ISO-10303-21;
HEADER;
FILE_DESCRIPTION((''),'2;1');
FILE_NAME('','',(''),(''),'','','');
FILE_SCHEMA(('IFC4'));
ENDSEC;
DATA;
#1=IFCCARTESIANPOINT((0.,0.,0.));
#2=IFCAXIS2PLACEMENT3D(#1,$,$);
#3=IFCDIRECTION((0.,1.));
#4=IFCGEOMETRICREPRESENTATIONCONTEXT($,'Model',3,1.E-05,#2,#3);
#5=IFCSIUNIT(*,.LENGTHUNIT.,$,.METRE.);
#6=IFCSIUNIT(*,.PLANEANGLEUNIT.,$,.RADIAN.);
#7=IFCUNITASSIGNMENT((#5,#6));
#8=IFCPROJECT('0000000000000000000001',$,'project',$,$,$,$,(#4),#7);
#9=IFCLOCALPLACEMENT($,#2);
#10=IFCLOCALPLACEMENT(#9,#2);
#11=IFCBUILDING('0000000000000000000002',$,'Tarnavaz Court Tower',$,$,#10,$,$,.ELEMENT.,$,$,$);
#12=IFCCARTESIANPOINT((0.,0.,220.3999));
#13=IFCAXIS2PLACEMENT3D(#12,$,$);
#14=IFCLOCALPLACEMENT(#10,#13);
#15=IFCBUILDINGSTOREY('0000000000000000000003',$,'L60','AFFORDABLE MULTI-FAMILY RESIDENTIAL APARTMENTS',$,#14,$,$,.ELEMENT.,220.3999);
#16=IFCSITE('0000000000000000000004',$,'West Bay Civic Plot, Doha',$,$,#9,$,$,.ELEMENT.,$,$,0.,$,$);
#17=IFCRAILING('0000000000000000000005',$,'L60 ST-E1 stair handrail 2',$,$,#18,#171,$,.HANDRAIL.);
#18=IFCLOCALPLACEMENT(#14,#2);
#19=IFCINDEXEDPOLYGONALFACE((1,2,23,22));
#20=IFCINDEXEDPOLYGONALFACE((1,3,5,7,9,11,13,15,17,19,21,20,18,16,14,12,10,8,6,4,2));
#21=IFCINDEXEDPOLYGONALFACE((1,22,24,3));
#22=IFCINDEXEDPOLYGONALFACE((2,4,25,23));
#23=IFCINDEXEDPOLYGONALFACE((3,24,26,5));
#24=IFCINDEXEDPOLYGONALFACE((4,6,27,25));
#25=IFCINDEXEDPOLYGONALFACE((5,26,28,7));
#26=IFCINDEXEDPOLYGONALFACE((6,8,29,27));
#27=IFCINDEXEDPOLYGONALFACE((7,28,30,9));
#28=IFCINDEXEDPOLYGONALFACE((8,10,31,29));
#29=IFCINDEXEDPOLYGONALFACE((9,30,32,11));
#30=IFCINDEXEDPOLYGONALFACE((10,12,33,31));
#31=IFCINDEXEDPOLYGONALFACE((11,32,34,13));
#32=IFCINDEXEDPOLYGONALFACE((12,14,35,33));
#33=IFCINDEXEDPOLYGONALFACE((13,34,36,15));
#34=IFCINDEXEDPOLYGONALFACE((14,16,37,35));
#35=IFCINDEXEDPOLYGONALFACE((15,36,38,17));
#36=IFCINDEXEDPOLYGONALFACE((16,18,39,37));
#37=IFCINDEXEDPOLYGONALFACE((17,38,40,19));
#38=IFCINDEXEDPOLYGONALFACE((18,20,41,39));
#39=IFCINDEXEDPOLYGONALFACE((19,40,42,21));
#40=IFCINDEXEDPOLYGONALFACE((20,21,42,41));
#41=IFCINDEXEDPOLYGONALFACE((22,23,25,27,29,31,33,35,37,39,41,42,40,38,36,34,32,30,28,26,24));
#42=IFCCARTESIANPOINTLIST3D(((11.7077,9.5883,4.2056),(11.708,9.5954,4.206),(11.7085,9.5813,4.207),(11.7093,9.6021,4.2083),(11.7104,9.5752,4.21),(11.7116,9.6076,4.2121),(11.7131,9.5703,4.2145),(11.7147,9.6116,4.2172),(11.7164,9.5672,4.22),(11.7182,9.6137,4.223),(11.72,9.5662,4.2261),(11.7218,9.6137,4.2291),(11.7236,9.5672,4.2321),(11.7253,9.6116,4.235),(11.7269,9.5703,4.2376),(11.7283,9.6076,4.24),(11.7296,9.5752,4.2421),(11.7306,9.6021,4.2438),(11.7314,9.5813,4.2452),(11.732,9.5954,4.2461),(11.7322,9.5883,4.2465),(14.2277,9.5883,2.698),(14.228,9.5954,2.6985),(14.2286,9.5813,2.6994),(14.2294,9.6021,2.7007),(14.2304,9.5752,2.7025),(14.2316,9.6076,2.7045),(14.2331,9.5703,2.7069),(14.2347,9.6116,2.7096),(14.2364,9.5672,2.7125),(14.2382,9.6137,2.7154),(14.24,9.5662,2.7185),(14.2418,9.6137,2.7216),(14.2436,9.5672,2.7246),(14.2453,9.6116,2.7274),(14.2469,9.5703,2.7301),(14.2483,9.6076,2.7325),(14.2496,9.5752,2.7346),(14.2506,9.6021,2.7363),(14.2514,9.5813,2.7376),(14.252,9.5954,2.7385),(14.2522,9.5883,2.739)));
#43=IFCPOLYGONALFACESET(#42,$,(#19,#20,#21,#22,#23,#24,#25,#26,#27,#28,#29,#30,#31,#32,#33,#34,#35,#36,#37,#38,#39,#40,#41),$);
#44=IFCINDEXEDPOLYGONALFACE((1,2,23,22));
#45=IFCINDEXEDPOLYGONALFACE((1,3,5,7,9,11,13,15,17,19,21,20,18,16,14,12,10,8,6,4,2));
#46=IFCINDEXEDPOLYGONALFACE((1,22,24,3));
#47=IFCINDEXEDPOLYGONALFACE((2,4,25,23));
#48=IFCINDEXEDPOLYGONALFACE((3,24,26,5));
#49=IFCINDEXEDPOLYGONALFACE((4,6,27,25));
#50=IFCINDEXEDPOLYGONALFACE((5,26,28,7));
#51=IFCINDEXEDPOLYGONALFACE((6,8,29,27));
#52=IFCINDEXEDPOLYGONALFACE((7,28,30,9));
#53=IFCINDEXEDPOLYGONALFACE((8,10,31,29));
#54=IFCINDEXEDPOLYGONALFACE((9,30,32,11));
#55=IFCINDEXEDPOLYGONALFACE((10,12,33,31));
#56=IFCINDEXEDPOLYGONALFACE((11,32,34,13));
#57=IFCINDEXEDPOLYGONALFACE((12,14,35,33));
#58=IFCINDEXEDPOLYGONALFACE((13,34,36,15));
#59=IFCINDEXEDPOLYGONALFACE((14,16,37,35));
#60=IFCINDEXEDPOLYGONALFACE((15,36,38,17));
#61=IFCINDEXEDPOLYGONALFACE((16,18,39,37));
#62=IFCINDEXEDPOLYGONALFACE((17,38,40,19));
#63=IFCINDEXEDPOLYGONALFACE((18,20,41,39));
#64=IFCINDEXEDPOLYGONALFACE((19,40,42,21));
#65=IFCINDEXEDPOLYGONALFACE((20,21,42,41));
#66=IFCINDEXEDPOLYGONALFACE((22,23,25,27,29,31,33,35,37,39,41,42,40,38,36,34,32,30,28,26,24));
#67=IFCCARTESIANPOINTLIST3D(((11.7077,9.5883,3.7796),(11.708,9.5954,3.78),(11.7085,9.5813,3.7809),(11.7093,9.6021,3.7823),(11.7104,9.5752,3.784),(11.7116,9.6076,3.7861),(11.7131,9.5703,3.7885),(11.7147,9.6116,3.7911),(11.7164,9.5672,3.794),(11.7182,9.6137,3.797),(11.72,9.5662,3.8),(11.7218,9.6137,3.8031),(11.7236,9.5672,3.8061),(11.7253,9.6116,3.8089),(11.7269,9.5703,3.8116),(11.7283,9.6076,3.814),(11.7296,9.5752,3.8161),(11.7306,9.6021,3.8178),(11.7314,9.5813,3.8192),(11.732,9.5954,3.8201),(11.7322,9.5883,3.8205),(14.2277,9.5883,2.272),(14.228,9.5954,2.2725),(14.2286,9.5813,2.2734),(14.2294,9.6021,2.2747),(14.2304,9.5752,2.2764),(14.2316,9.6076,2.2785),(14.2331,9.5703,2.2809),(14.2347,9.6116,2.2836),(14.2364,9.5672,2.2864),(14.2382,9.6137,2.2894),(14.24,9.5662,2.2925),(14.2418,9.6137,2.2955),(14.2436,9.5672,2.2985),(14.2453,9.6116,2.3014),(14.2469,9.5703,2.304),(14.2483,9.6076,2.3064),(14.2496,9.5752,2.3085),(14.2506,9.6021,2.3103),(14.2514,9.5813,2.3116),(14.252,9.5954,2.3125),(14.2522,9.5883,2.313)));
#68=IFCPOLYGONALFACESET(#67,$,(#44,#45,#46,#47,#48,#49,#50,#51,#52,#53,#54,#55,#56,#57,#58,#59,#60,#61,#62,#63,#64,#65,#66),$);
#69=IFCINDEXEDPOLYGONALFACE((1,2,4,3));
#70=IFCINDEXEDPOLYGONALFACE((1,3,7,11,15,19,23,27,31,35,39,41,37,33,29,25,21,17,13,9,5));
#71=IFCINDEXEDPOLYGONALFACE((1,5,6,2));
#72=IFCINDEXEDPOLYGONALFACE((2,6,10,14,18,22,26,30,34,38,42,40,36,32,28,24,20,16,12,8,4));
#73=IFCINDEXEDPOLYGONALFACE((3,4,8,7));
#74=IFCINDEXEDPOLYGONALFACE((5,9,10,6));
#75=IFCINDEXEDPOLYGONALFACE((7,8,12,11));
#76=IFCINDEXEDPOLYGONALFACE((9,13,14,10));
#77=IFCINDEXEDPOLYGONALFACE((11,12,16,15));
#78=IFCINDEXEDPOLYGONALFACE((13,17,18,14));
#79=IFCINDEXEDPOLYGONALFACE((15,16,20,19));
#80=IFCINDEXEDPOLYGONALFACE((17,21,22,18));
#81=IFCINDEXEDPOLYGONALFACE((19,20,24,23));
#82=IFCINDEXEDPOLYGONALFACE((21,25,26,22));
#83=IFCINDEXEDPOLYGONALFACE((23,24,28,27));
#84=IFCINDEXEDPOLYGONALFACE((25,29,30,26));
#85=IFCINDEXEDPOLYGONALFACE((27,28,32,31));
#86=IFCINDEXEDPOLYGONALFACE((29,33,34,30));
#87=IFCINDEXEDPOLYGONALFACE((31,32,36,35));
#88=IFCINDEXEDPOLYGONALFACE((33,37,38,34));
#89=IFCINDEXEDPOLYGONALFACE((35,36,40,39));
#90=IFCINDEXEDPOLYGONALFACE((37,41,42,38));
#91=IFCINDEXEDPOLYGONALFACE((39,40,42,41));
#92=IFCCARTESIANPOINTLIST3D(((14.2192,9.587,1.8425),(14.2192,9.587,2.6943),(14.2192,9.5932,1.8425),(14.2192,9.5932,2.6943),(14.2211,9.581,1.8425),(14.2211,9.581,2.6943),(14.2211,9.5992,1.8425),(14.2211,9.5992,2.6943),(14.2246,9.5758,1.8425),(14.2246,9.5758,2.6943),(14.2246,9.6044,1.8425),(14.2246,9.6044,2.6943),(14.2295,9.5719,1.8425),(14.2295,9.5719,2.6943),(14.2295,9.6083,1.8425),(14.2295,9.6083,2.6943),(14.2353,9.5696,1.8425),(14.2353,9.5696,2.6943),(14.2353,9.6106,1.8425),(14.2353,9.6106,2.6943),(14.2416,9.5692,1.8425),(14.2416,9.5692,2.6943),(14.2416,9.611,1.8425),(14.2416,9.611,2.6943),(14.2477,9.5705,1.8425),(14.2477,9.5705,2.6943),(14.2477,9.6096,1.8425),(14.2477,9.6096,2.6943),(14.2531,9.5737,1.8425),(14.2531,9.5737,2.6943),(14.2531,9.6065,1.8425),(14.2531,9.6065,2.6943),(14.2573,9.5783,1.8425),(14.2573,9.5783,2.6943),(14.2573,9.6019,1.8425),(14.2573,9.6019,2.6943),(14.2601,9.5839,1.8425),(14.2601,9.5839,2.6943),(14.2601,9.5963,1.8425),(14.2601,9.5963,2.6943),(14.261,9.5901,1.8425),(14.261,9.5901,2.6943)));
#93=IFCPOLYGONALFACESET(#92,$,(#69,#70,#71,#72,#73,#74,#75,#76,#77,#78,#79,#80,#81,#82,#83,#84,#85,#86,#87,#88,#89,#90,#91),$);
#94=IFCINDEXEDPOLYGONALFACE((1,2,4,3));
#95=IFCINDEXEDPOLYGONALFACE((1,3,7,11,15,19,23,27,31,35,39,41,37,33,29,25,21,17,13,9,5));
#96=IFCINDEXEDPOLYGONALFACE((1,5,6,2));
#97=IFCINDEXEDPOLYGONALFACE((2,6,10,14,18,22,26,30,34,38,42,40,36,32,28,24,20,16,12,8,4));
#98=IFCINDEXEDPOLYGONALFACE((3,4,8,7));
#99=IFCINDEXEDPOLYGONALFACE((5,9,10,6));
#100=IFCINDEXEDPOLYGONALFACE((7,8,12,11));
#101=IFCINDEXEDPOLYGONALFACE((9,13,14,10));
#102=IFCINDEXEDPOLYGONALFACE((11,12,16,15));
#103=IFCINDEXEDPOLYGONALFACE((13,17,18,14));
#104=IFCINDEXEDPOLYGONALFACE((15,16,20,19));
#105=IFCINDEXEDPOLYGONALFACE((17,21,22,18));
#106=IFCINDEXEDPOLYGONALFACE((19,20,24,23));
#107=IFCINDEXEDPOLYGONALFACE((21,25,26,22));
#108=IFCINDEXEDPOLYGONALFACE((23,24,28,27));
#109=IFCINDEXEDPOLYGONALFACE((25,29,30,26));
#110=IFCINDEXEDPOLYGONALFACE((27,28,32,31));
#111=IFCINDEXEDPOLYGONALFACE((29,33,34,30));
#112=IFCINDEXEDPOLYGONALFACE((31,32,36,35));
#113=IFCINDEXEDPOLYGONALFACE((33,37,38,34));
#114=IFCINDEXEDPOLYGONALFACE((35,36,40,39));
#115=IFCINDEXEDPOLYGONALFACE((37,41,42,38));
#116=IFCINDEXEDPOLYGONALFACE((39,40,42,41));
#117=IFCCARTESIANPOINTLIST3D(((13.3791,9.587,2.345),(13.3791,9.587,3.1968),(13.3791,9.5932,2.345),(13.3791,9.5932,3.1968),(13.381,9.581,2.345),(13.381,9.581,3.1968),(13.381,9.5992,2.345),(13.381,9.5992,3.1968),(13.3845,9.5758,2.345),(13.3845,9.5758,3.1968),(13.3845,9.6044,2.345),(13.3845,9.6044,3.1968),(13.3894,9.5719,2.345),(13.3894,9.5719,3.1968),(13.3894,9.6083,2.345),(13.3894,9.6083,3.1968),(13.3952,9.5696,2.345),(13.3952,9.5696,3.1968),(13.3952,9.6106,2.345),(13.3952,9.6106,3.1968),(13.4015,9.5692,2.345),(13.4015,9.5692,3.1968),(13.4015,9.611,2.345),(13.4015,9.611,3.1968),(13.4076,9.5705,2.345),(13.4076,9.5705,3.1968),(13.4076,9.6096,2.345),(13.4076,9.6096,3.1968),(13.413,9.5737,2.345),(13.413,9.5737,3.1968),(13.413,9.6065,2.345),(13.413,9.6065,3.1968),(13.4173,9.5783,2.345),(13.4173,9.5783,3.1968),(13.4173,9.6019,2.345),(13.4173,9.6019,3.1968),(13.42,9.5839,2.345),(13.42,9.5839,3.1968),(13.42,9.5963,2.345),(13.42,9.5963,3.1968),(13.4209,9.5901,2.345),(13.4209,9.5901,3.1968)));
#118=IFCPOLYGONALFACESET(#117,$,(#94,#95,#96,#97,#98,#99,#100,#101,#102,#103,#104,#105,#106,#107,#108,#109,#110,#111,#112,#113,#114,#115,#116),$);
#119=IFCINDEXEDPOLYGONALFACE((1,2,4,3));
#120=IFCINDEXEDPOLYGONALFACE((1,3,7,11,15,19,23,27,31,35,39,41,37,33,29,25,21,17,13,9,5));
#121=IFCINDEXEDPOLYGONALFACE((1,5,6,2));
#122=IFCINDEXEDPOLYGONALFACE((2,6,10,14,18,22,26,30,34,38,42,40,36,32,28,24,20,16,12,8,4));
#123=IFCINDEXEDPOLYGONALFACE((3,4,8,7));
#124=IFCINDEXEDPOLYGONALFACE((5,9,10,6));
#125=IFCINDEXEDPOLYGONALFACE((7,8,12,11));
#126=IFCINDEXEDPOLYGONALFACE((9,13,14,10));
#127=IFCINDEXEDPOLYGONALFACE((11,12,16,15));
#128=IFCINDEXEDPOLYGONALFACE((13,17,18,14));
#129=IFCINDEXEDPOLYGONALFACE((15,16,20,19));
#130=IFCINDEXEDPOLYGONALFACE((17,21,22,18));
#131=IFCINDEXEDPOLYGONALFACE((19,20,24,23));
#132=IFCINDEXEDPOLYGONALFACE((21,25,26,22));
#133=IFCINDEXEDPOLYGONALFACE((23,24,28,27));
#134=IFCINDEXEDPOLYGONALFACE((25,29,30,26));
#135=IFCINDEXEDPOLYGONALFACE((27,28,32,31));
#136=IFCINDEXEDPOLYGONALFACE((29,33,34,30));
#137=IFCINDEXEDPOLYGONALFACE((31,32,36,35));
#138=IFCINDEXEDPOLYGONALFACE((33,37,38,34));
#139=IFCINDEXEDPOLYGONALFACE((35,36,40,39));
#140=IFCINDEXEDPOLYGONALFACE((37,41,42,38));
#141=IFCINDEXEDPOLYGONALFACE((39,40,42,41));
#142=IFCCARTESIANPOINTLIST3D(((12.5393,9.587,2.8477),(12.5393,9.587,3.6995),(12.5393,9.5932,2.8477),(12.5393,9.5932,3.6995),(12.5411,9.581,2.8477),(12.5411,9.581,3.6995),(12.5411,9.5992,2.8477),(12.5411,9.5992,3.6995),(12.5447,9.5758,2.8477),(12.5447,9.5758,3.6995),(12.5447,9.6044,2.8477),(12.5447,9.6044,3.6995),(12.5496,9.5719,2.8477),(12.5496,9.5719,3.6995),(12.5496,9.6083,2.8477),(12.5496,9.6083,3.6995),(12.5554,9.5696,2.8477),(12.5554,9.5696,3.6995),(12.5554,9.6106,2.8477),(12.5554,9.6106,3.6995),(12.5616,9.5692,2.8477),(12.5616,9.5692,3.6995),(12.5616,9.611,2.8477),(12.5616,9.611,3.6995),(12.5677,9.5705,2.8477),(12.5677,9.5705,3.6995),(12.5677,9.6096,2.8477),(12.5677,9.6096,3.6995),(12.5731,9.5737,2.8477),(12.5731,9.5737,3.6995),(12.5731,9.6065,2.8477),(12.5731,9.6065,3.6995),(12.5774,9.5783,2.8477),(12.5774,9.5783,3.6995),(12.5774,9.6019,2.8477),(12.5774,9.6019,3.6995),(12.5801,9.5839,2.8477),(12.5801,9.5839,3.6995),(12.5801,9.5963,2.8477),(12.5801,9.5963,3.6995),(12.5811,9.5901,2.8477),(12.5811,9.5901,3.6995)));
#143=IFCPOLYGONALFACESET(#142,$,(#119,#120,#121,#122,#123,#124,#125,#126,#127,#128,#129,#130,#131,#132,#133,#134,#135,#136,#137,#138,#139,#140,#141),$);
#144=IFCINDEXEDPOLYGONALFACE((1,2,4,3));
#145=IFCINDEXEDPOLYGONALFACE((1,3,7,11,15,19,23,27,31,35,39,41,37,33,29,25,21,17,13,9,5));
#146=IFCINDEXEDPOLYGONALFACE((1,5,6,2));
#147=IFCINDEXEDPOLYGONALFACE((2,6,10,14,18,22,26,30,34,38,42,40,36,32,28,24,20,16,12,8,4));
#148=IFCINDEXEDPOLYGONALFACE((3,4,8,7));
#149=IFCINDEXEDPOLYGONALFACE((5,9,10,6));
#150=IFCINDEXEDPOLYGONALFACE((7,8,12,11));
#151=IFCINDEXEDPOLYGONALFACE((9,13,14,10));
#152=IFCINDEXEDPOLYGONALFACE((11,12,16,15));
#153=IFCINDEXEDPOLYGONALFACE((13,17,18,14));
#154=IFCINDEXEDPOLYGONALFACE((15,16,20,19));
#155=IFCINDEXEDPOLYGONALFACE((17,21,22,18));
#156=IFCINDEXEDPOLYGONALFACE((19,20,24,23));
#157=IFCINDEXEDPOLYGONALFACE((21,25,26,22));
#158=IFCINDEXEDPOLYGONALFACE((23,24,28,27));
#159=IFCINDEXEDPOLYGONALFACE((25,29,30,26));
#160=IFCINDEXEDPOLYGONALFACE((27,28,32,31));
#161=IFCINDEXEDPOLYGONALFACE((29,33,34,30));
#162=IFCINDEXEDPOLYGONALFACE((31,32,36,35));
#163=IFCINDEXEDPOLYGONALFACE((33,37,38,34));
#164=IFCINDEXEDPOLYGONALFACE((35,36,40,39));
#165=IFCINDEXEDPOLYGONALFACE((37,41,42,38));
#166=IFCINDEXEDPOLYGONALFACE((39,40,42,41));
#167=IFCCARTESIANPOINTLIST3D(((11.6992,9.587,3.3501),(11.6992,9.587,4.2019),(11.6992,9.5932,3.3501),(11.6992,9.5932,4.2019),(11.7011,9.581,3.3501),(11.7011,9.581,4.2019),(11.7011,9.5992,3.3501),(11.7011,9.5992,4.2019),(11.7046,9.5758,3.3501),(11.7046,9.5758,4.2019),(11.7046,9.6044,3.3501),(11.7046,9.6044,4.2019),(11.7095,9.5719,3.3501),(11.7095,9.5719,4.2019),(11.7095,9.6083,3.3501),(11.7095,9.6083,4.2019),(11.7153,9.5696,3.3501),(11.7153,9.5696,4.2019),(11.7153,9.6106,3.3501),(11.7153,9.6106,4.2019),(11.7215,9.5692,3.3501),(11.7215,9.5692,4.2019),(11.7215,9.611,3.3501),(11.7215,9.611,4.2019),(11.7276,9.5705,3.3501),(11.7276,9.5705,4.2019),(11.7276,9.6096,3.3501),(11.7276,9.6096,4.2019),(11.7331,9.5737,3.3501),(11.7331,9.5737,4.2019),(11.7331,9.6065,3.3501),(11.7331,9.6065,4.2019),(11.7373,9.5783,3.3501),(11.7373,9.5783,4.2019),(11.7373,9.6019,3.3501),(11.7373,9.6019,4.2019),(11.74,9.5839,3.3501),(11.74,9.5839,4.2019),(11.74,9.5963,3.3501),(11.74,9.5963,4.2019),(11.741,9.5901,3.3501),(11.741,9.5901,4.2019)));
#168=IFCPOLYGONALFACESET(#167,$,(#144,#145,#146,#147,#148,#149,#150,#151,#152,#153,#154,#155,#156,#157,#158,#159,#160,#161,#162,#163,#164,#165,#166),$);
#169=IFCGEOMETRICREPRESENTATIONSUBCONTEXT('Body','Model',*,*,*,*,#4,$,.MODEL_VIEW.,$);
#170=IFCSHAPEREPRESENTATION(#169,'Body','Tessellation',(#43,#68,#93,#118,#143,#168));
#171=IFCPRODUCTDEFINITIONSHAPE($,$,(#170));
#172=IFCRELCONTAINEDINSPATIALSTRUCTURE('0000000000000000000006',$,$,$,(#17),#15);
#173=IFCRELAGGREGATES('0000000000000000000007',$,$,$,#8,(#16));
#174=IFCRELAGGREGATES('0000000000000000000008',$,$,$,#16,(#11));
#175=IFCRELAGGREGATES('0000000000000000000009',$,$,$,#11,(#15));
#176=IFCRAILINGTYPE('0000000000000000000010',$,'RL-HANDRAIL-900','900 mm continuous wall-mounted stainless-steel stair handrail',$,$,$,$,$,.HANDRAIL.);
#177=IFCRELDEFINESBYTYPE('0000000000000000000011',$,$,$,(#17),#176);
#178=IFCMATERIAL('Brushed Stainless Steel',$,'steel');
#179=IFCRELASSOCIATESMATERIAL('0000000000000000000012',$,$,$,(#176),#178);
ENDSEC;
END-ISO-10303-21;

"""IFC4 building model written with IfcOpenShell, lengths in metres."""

from ifc_helpers import new_model, si_unit, direction, frame, origin, origin_2d, place, context, subcontext, project, spatial, circle, extrude, material, type_object, element, save


model = new_model("IFC4")

# Units and contexts
model_context = context("Model", 3, precision=1e-05, world=origin(), true_north=direction((0.0, 1.0)))
body_context = subcontext(model_context, "Body", "Model", "MODEL_VIEW")
ifc_project = project(units=[si_unit("LENGTHUNIT", "METRE"), si_unit("PLANEANGLEUNIT", "RADIAN")], contexts=[model_context])

# Site, building, storey
site_placement = place(None, origin())
site = spatial("IfcSite", under=ifc_project, at=site_placement, Name="West Bay Civic Plot, Doha", CompositionType="ELEMENT", RefElevation=0.0)
building_placement = place(site_placement, origin())
building = spatial("IfcBuilding", under=site, at=building_placement, Name="Tarnavaz Court Tower", CompositionType="ELEMENT")
storey_placement = place(building_placement, frame((0.0, 0.0, 220.3999)))
storey = spatial("IfcBuildingStorey", under=building, at=storey_placement, Name="L60", Description="AFFORDABLE MULTI-FAMILY RESIDENTIAL APARTMENTS", CompositionType="ELEMENT", Elevation=220.3999)

# Railing
ifc_material_1 = material(Name="Brushed Stainless Steel", Category="steel")
railing_type_1 = type_object("IfcRailingType", Name="RL-HANDRAIL-900", Description="900 mm continuous wall-mounted stainless-steel stair handrail", PredefinedType="HANDRAIL", material=ifc_material_1)
railing_1_placement = place(storey_placement, frame((14.24, 9.5901, 1.8425)))
element("IfcRailing", 1, at=railing_1_placement, inside=storey, type_object=railing_type_1, Name="L60 ST-E1 stair handrail 2", PredefinedType="HANDRAIL", context=body_context, shape_type="SweptSolid", body=[
    extrude(circle(Radius=0.0239, at=origin_2d()), frame((0.0, 0.0, 0.876), z_axis=(-0.85816, 0.0, 0.513383), x_axis=(0.0, -1.0, 0.0)), (0.0, 0.0, 1.0), 2.9365),
    extrude(circle(Radius=0.0239, at=origin_2d()), frame((0.0, 0.0, 0.45), z_axis=(-0.85816, 0.0, 0.513383), x_axis=(0.0, -1.0, 0.0)), (0.0, 0.0, 1.0), 2.9365),
    extrude(circle(Radius=0.021, at=origin_2d()), origin(), (0.0, 0.0, 1.0), 0.8518),
    extrude(circle(Radius=0.021, at=origin_2d()), frame((-0.8401, 0.0, 0.5024)), (0.0, 0.0, 1.0), 0.8518),
    extrude(circle(Radius=0.021, at=origin_2d()), frame((-1.6799, 0.0, 1.0051)), (0.0, 0.0, 1.0), 0.8518),
    extrude(circle(Radius=0.021, at=origin_2d()), frame((-2.52, 0.0, 1.5076)), (0.0, 0.0, 1.0), 0.8518),
])

save(model, "model.ifc")
